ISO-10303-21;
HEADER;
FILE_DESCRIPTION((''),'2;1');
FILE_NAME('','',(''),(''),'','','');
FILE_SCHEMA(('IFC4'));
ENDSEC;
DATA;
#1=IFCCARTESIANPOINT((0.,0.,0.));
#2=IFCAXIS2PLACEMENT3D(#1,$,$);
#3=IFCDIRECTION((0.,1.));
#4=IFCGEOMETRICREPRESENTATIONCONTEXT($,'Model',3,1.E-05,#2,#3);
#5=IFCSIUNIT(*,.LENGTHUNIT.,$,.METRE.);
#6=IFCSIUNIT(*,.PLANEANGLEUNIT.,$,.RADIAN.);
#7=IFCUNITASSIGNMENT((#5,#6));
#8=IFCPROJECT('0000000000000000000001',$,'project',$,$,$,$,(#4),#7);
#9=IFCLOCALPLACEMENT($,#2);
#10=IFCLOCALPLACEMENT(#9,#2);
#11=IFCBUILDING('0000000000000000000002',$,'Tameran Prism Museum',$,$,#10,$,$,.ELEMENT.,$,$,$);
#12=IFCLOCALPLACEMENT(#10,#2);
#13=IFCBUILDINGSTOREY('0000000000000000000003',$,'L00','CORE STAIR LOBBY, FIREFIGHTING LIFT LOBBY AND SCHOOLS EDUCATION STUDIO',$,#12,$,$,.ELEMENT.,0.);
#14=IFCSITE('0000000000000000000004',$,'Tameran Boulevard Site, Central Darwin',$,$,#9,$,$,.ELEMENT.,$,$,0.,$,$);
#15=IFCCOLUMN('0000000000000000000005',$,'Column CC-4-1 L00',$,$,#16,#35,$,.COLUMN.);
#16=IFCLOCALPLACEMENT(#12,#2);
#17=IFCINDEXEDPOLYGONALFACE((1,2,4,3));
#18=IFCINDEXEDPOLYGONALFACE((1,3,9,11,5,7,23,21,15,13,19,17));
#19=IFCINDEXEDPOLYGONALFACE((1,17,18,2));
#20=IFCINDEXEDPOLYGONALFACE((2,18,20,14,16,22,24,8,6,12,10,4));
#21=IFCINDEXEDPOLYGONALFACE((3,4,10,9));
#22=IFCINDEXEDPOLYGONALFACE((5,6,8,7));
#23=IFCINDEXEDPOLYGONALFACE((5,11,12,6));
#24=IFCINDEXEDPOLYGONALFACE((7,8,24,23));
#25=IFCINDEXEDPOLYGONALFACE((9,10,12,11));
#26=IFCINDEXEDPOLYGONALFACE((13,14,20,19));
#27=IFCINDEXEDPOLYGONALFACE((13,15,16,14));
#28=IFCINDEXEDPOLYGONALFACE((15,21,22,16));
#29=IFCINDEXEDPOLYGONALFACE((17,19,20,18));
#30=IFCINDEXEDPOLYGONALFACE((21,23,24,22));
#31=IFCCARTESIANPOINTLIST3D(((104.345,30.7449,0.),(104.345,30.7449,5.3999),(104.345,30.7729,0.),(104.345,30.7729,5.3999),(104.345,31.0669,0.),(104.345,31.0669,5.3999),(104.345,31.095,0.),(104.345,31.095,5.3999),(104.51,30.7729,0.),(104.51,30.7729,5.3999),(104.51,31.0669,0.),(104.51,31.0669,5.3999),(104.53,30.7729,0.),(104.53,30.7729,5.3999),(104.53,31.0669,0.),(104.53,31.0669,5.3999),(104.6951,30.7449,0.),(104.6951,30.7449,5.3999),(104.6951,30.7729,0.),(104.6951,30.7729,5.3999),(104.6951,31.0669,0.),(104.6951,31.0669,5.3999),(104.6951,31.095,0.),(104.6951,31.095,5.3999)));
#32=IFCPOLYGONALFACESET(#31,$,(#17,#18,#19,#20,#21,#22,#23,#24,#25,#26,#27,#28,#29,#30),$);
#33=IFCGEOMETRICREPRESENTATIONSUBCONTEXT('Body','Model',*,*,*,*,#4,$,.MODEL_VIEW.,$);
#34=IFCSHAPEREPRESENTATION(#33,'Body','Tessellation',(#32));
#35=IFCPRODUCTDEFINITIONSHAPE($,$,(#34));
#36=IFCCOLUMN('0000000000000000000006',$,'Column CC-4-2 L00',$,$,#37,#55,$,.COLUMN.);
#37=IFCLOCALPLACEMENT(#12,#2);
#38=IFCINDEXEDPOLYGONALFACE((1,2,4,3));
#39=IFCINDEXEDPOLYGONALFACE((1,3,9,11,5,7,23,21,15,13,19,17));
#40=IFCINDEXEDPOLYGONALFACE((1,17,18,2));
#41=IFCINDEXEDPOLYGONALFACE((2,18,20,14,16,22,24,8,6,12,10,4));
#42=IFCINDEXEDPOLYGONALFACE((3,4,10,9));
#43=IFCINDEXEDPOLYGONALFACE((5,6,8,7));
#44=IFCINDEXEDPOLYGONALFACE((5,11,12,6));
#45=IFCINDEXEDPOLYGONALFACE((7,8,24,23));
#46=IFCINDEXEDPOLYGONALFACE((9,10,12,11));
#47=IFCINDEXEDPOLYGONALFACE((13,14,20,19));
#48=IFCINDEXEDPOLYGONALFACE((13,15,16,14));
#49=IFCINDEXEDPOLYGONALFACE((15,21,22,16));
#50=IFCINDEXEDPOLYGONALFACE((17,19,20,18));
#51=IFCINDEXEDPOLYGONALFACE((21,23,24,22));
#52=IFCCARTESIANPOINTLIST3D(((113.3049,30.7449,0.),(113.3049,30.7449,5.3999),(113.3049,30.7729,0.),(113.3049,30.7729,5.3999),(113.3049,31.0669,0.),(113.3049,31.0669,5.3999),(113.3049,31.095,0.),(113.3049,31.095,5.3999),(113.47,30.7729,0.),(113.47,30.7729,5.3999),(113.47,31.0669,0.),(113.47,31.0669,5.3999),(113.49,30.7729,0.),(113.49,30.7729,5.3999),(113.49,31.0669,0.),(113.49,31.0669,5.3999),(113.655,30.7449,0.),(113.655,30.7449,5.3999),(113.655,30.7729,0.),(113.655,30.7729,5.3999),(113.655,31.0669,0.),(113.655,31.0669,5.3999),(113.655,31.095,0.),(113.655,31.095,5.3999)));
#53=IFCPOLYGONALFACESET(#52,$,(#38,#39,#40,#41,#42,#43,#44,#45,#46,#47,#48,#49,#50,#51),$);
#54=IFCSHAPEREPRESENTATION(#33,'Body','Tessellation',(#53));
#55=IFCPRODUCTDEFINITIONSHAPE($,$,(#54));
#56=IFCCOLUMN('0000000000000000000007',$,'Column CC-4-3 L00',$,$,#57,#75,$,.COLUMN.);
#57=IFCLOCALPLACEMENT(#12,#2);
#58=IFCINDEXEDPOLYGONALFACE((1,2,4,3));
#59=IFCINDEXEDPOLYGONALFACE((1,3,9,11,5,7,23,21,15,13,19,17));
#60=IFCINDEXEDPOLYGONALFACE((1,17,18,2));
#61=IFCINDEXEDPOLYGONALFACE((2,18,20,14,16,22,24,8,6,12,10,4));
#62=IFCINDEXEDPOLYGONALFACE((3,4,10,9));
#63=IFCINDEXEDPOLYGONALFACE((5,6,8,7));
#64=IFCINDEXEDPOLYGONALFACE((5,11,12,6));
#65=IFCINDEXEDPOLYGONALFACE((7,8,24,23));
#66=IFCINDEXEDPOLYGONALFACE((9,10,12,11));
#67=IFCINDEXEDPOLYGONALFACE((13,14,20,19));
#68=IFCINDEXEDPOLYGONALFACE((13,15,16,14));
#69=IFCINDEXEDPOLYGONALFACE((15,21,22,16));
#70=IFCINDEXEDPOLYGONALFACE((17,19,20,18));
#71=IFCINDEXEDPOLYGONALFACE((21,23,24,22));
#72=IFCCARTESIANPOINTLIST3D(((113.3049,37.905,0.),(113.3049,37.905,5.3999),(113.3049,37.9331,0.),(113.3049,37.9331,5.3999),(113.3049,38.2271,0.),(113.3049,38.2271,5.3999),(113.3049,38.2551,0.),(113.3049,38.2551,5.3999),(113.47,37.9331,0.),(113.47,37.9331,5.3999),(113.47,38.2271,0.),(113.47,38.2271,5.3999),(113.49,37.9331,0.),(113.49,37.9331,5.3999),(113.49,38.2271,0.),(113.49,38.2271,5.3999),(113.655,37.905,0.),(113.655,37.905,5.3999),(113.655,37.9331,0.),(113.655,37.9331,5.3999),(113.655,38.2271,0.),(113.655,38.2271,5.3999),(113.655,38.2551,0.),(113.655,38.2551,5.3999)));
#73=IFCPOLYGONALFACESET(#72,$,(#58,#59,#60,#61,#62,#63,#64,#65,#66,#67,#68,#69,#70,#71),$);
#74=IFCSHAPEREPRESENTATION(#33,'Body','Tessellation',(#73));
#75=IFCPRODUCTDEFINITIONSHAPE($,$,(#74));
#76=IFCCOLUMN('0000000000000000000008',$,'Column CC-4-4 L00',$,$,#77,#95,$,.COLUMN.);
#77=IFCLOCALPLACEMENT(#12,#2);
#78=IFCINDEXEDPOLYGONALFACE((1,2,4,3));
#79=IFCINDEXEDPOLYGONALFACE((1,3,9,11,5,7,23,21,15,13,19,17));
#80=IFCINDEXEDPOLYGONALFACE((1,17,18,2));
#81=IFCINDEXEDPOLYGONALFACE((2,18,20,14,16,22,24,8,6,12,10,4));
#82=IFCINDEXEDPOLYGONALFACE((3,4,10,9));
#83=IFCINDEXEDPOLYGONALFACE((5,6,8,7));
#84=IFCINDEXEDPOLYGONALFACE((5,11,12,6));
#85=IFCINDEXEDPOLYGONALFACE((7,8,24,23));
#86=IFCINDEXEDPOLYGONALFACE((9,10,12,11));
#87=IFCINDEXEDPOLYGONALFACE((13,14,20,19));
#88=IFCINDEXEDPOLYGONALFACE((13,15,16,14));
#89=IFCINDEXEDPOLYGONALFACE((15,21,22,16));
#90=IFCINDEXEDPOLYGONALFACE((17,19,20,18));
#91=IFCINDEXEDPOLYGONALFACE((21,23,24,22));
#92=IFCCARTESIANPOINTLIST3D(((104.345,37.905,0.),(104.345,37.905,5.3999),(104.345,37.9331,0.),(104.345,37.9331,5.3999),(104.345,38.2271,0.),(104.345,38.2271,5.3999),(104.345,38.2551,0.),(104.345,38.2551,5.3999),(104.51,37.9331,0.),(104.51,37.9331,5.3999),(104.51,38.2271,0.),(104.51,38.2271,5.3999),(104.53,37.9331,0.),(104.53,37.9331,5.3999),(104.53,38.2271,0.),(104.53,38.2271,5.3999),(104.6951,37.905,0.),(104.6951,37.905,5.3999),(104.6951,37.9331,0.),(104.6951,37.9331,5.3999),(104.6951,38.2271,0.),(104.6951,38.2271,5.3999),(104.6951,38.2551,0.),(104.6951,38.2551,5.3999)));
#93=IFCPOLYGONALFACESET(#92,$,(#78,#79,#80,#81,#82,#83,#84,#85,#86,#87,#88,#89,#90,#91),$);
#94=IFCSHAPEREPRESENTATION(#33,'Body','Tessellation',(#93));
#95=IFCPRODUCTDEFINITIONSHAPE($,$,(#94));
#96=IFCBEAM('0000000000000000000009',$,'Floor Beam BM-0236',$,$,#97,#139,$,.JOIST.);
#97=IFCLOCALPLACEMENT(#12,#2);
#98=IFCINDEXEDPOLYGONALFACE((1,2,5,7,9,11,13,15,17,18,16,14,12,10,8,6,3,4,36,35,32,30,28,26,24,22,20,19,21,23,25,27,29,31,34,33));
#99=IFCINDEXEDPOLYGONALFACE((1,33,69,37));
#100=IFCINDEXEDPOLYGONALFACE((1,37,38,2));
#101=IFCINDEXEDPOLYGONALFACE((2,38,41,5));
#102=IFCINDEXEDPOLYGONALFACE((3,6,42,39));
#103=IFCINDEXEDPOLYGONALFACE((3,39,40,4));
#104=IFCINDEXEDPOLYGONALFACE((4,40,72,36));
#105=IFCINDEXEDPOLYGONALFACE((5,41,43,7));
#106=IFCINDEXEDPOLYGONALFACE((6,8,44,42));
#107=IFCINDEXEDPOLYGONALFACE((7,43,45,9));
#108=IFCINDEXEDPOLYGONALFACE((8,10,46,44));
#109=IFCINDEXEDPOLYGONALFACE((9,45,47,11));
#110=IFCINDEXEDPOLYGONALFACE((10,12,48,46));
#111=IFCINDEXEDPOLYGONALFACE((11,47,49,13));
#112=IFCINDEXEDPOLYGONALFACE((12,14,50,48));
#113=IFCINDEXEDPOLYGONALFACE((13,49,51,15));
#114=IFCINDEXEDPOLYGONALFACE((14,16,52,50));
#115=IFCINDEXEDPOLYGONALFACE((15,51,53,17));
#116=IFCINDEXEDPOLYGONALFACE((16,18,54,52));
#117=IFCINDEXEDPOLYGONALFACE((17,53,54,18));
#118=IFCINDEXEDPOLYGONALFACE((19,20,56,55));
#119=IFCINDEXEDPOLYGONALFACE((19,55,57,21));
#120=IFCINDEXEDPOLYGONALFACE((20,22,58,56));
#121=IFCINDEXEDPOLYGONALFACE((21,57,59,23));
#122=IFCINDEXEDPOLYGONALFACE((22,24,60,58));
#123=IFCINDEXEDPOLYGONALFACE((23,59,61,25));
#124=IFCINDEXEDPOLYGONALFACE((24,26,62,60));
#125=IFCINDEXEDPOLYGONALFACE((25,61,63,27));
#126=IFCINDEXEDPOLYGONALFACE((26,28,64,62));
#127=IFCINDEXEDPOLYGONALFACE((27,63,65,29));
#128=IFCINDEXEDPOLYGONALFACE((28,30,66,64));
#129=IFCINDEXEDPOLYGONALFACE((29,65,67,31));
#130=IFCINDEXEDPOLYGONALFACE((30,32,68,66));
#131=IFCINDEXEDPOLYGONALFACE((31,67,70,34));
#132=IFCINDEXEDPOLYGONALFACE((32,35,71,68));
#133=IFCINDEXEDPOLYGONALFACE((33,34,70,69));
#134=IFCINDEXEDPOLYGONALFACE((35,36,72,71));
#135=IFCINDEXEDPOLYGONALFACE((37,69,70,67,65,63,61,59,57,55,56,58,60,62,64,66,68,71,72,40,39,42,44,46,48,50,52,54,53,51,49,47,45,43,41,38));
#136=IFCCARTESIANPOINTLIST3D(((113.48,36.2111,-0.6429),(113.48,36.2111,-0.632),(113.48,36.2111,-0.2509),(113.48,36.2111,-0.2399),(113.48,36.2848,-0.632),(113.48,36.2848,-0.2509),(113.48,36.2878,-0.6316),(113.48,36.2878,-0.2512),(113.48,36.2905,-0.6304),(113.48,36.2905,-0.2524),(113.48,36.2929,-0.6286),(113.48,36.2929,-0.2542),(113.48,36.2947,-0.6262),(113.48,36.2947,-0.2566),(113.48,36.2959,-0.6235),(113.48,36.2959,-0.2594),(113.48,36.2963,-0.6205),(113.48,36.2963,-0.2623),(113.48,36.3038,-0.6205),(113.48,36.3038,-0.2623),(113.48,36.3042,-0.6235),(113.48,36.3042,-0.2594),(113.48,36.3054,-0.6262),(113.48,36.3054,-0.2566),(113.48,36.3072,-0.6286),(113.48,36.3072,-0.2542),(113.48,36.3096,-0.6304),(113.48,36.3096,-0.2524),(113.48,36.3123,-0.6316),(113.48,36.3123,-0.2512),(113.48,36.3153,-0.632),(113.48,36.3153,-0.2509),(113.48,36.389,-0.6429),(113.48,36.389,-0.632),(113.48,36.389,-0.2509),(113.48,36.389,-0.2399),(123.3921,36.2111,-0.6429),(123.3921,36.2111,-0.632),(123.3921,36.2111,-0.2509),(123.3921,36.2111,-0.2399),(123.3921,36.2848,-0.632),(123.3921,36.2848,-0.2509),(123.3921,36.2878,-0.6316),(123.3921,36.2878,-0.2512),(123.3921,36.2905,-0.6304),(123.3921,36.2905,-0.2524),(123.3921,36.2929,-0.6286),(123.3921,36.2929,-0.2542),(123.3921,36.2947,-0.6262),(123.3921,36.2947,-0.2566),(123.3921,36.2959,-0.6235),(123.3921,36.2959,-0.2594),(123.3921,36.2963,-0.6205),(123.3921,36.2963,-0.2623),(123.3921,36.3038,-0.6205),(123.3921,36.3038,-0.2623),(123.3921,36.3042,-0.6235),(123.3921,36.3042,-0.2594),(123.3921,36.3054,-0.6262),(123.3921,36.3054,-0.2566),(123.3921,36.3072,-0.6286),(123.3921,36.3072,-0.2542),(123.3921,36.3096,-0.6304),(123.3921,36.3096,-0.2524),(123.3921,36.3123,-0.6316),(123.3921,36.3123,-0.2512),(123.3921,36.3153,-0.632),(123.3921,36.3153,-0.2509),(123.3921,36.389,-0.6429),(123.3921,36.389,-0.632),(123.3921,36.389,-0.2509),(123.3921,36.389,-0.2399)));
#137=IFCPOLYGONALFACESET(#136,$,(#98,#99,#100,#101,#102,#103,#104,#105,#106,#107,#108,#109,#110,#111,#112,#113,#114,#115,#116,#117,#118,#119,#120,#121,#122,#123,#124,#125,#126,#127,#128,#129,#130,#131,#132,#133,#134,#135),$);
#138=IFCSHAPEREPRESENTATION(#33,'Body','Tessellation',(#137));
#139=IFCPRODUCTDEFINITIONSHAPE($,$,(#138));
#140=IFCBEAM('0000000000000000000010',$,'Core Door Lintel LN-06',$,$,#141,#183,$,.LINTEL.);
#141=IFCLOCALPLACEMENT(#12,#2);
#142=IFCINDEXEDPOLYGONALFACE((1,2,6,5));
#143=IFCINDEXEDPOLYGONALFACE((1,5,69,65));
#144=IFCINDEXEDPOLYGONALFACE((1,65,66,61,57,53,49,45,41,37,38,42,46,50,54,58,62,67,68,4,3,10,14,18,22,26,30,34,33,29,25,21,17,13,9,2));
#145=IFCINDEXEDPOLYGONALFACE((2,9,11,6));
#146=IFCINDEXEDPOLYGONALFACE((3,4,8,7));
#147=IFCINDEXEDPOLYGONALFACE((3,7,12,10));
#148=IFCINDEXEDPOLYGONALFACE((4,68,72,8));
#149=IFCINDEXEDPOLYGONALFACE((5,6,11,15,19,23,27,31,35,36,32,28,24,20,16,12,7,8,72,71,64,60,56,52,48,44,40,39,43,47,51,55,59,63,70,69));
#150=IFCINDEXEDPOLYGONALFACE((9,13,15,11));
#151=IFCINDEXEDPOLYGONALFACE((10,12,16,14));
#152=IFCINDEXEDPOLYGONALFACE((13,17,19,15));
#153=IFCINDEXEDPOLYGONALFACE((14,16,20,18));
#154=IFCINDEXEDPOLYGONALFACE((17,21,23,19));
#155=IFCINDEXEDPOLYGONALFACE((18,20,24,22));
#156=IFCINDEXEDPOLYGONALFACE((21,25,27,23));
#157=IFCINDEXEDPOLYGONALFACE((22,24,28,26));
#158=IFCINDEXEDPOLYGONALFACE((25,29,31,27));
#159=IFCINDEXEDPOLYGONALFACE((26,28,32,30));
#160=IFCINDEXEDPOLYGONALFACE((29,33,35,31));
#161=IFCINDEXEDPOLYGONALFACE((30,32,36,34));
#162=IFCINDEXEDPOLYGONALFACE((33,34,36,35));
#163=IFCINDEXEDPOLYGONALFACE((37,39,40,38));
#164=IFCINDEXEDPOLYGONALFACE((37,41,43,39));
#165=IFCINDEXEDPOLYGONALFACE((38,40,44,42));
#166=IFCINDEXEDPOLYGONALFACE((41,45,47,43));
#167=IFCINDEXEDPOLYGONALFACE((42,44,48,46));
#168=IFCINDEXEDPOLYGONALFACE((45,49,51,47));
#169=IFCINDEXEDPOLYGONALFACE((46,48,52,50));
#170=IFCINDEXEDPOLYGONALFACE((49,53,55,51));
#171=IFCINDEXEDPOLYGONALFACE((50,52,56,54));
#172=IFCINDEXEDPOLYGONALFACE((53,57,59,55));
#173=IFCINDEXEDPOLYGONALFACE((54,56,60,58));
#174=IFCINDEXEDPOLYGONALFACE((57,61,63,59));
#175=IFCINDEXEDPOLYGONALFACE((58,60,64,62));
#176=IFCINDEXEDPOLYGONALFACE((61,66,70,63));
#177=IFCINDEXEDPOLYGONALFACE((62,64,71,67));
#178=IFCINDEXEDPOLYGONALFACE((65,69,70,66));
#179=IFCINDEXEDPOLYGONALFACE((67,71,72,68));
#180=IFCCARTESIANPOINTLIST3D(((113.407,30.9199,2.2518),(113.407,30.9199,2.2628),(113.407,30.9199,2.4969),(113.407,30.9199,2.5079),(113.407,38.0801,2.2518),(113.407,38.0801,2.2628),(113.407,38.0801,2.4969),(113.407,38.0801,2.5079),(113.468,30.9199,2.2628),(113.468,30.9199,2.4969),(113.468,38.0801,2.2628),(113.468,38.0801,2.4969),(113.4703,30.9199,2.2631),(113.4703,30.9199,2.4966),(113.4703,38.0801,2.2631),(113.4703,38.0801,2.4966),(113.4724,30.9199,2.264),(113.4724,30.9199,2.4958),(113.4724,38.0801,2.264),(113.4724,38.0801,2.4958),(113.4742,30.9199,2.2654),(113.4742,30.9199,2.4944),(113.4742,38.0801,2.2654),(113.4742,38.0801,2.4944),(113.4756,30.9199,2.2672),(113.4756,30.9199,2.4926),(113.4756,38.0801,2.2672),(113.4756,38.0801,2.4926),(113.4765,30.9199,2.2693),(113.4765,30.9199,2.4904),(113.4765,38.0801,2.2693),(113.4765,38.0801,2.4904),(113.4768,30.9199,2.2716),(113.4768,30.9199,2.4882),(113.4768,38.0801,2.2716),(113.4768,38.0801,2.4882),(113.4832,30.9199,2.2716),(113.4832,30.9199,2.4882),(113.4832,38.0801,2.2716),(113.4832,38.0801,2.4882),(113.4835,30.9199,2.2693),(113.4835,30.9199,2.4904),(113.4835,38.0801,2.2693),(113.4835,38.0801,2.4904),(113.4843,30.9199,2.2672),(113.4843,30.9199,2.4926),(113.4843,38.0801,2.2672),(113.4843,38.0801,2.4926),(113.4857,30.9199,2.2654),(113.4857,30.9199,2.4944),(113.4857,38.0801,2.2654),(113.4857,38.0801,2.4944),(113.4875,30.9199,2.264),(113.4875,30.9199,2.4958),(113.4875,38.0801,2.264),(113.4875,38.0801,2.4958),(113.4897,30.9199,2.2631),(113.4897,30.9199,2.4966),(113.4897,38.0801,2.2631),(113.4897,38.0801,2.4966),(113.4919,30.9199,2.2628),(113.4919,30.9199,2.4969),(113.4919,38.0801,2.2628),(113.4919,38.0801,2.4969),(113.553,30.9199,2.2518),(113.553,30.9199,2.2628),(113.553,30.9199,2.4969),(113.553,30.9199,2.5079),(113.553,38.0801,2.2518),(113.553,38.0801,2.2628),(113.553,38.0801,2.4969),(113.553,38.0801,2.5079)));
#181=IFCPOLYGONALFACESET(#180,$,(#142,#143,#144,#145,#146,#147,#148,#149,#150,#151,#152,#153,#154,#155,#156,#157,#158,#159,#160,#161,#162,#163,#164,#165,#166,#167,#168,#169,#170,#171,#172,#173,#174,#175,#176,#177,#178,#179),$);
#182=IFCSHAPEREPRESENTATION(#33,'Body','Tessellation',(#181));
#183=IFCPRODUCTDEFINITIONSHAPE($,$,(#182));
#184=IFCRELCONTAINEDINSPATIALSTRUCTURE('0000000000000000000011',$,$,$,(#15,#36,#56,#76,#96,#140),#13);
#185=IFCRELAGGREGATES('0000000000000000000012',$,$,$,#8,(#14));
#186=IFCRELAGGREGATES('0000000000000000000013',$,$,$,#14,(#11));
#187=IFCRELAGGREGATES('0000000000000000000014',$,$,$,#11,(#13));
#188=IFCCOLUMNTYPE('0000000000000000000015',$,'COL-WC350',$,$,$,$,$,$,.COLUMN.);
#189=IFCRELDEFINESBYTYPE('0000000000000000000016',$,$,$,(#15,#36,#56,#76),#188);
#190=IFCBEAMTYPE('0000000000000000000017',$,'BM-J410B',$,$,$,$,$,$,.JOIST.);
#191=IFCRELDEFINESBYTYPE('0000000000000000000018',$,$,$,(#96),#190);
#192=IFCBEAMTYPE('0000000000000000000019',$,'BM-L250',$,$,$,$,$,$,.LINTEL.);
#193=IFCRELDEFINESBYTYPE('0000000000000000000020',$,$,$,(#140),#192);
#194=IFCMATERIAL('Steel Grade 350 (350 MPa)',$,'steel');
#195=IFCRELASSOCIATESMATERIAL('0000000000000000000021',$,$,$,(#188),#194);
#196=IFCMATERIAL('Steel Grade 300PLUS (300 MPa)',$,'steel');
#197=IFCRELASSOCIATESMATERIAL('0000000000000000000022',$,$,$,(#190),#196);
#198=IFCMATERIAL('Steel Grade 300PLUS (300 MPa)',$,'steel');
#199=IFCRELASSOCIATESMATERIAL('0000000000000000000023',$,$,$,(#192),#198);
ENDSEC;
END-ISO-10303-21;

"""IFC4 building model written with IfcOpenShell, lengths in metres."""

from ifc_helpers import new_model, si_unit, direction, frame, origin, origin_2d, place, context, subcontext, project, spatial, i_section, extrude, material, material_profile, profile_set, type_object, element, save


model = new_model("IFC4")

# Units and contexts
model_context = context("Model", 3, precision=1e-05, world=origin(), true_north=direction((0.0, 1.0)))
body_context = subcontext(model_context, "Body", "Model", "MODEL_VIEW")
ifc_project = project(units=[si_unit("LENGTHUNIT", "METRE"), si_unit("PLANEANGLEUNIT", "RADIAN")], contexts=[model_context])

# Site, building, storey
site_placement = place(None, origin())
site = spatial("IfcSite", under=ifc_project, at=site_placement, Name="Tameran Boulevard Site, Central Darwin", CompositionType="ELEMENT", RefElevation=0.0)
building_placement = place(site_placement, origin())
building = spatial("IfcBuilding", under=site, at=building_placement, Name="Tameran Prism Museum", CompositionType="ELEMENT")
storey_placement = place(building_placement, origin())
storey = spatial("IfcBuildingStorey", under=building, at=storey_placement, Name="L00", Description="CORE STAIR LOBBY, FIREFIGHTING LIFT LOBBY AND SCHOOLS EDUCATION STUDIO", CompositionType="ELEMENT", Elevation=0.0)

# Columns
ifc_material_1 = material(Name="Steel Grade 350 (350 MPa)", Category="steel")
ifc_material_profile_1 = material_profile(ifc_material_1, i_section(OverallWidth=0.3501, OverallDepth=0.3501, WebThickness=0.02, FlangeThickness=0.0281, at=origin_2d()))
ifc_profile_set_1 = profile_set([ifc_material_profile_1])
column_type = type_object("IfcColumnType", Name="COL-WC350", PredefinedType="COLUMN", material=ifc_profile_set_1)
for number, where, z_axis, x_axis, name in (
    (1, (104.52, 30.9199, 0.0), (0.0, 0.0, 1.0), (1.0, 0.0, 0.0), "Column CC-4-1 L00"),
    (2, (113.48, 30.9199, 0.0), (0.0, 0.0, 1.0), (1.0, 0.0, 0.0), "Column CC-4-2 L00"),
    (3, (113.48, 38.0801, 0.0), (0.0, 0.0, 1.0), (1.0, 0.0, 0.0), "Column CC-4-3 L00"),
    (4, (104.52, 38.0801, 0.0), (0.0, 0.0, 1.0), (1.0, 0.0, 0.0), "Column CC-4-4 L00"),
):
    element("IfcColumn", number, at=place(storey_placement, frame(where, z_axis=z_axis, x_axis=x_axis)), inside=storey, type_object=column_type, Name=name, PredefinedType="COLUMN", context=body_context, shape_type="SweptSolid", body=[
        extrude(i_section(OverallWidth=0.3501, OverallDepth=0.3501, WebThickness=0.02, FlangeThickness=0.0281, at=origin_2d()), origin(), (0.0, 0.0, 1.0), 5.3999),
    ])

# Beams
ifc_material_2 = material(Name="Steel Grade 300PLUS (300 MPa)", Category="steel")
ifc_material_profile_2 = material_profile(ifc_material_2, i_section(OverallWidth=0.178, OverallDepth=0.4031, WebThickness=0.0076, FlangeThickness=0.011, FilletRadius=0.0115, at=origin_2d()))
ifc_profile_set_2 = profile_set([ifc_material_profile_2])
beam_type_1 = type_object("IfcBeamType", Name="BM-J410B", PredefinedType="JOIST", material=ifc_profile_set_2)
beam_1_placement = place(storey_placement, frame((113.48, 36.3, -0.4414), z_axis=(1.0, 0.0, 0.0), x_axis=(0.0, 1.0, 0.0)))
element("IfcBeam", 5, at=beam_1_placement, inside=storey, type_object=beam_type_1, Name="Floor Beam BM-0236", PredefinedType="JOIST", context=body_context, shape_type="SweptSolid", body=[
    extrude(i_section(OverallWidth=0.178, OverallDepth=0.4031, WebThickness=0.0076, FlangeThickness=0.011, FilletRadius=0.0115, at=origin_2d()), origin(), (0.0, 0.0, 1.0), 9.9121),
])
ifc_material_3 = material(Name="Steel Grade 300PLUS (300 MPa)", Category="steel")
ifc_material_profile_3 = material_profile(ifc_material_3, i_section(OverallWidth=0.146, OverallDepth=0.2561, WebThickness=0.0063, FlangeThickness=0.011, FilletRadius=0.0088, at=origin_2d()))
ifc_profile_set_3 = profile_set([ifc_material_profile_3])
beam_type_2 = type_object("IfcBeamType", Name="BM-L250", PredefinedType="LINTEL", material=ifc_profile_set_3)
beam_2_placement = place(storey_placement, frame((113.48, 30.9199, 2.3799), z_axis=(0.0, 1.0, 0.0), x_axis=(-1.0, 0.0, 0.0)))
element("IfcBeam", 6, at=beam_2_placement, inside=storey, type_object=beam_type_2, Name="Core Door Lintel LN-06", PredefinedType="LINTEL", context=body_context, shape_type="SweptSolid", body=[
    extrude(i_section(OverallWidth=0.146, OverallDepth=0.2561, WebThickness=0.0063, FlangeThickness=0.011, FilletRadius=0.0088, at=origin_2d()), origin(), (0.0, 0.0, 1.0), 7.1602),
])

save(model, "model.ifc")
